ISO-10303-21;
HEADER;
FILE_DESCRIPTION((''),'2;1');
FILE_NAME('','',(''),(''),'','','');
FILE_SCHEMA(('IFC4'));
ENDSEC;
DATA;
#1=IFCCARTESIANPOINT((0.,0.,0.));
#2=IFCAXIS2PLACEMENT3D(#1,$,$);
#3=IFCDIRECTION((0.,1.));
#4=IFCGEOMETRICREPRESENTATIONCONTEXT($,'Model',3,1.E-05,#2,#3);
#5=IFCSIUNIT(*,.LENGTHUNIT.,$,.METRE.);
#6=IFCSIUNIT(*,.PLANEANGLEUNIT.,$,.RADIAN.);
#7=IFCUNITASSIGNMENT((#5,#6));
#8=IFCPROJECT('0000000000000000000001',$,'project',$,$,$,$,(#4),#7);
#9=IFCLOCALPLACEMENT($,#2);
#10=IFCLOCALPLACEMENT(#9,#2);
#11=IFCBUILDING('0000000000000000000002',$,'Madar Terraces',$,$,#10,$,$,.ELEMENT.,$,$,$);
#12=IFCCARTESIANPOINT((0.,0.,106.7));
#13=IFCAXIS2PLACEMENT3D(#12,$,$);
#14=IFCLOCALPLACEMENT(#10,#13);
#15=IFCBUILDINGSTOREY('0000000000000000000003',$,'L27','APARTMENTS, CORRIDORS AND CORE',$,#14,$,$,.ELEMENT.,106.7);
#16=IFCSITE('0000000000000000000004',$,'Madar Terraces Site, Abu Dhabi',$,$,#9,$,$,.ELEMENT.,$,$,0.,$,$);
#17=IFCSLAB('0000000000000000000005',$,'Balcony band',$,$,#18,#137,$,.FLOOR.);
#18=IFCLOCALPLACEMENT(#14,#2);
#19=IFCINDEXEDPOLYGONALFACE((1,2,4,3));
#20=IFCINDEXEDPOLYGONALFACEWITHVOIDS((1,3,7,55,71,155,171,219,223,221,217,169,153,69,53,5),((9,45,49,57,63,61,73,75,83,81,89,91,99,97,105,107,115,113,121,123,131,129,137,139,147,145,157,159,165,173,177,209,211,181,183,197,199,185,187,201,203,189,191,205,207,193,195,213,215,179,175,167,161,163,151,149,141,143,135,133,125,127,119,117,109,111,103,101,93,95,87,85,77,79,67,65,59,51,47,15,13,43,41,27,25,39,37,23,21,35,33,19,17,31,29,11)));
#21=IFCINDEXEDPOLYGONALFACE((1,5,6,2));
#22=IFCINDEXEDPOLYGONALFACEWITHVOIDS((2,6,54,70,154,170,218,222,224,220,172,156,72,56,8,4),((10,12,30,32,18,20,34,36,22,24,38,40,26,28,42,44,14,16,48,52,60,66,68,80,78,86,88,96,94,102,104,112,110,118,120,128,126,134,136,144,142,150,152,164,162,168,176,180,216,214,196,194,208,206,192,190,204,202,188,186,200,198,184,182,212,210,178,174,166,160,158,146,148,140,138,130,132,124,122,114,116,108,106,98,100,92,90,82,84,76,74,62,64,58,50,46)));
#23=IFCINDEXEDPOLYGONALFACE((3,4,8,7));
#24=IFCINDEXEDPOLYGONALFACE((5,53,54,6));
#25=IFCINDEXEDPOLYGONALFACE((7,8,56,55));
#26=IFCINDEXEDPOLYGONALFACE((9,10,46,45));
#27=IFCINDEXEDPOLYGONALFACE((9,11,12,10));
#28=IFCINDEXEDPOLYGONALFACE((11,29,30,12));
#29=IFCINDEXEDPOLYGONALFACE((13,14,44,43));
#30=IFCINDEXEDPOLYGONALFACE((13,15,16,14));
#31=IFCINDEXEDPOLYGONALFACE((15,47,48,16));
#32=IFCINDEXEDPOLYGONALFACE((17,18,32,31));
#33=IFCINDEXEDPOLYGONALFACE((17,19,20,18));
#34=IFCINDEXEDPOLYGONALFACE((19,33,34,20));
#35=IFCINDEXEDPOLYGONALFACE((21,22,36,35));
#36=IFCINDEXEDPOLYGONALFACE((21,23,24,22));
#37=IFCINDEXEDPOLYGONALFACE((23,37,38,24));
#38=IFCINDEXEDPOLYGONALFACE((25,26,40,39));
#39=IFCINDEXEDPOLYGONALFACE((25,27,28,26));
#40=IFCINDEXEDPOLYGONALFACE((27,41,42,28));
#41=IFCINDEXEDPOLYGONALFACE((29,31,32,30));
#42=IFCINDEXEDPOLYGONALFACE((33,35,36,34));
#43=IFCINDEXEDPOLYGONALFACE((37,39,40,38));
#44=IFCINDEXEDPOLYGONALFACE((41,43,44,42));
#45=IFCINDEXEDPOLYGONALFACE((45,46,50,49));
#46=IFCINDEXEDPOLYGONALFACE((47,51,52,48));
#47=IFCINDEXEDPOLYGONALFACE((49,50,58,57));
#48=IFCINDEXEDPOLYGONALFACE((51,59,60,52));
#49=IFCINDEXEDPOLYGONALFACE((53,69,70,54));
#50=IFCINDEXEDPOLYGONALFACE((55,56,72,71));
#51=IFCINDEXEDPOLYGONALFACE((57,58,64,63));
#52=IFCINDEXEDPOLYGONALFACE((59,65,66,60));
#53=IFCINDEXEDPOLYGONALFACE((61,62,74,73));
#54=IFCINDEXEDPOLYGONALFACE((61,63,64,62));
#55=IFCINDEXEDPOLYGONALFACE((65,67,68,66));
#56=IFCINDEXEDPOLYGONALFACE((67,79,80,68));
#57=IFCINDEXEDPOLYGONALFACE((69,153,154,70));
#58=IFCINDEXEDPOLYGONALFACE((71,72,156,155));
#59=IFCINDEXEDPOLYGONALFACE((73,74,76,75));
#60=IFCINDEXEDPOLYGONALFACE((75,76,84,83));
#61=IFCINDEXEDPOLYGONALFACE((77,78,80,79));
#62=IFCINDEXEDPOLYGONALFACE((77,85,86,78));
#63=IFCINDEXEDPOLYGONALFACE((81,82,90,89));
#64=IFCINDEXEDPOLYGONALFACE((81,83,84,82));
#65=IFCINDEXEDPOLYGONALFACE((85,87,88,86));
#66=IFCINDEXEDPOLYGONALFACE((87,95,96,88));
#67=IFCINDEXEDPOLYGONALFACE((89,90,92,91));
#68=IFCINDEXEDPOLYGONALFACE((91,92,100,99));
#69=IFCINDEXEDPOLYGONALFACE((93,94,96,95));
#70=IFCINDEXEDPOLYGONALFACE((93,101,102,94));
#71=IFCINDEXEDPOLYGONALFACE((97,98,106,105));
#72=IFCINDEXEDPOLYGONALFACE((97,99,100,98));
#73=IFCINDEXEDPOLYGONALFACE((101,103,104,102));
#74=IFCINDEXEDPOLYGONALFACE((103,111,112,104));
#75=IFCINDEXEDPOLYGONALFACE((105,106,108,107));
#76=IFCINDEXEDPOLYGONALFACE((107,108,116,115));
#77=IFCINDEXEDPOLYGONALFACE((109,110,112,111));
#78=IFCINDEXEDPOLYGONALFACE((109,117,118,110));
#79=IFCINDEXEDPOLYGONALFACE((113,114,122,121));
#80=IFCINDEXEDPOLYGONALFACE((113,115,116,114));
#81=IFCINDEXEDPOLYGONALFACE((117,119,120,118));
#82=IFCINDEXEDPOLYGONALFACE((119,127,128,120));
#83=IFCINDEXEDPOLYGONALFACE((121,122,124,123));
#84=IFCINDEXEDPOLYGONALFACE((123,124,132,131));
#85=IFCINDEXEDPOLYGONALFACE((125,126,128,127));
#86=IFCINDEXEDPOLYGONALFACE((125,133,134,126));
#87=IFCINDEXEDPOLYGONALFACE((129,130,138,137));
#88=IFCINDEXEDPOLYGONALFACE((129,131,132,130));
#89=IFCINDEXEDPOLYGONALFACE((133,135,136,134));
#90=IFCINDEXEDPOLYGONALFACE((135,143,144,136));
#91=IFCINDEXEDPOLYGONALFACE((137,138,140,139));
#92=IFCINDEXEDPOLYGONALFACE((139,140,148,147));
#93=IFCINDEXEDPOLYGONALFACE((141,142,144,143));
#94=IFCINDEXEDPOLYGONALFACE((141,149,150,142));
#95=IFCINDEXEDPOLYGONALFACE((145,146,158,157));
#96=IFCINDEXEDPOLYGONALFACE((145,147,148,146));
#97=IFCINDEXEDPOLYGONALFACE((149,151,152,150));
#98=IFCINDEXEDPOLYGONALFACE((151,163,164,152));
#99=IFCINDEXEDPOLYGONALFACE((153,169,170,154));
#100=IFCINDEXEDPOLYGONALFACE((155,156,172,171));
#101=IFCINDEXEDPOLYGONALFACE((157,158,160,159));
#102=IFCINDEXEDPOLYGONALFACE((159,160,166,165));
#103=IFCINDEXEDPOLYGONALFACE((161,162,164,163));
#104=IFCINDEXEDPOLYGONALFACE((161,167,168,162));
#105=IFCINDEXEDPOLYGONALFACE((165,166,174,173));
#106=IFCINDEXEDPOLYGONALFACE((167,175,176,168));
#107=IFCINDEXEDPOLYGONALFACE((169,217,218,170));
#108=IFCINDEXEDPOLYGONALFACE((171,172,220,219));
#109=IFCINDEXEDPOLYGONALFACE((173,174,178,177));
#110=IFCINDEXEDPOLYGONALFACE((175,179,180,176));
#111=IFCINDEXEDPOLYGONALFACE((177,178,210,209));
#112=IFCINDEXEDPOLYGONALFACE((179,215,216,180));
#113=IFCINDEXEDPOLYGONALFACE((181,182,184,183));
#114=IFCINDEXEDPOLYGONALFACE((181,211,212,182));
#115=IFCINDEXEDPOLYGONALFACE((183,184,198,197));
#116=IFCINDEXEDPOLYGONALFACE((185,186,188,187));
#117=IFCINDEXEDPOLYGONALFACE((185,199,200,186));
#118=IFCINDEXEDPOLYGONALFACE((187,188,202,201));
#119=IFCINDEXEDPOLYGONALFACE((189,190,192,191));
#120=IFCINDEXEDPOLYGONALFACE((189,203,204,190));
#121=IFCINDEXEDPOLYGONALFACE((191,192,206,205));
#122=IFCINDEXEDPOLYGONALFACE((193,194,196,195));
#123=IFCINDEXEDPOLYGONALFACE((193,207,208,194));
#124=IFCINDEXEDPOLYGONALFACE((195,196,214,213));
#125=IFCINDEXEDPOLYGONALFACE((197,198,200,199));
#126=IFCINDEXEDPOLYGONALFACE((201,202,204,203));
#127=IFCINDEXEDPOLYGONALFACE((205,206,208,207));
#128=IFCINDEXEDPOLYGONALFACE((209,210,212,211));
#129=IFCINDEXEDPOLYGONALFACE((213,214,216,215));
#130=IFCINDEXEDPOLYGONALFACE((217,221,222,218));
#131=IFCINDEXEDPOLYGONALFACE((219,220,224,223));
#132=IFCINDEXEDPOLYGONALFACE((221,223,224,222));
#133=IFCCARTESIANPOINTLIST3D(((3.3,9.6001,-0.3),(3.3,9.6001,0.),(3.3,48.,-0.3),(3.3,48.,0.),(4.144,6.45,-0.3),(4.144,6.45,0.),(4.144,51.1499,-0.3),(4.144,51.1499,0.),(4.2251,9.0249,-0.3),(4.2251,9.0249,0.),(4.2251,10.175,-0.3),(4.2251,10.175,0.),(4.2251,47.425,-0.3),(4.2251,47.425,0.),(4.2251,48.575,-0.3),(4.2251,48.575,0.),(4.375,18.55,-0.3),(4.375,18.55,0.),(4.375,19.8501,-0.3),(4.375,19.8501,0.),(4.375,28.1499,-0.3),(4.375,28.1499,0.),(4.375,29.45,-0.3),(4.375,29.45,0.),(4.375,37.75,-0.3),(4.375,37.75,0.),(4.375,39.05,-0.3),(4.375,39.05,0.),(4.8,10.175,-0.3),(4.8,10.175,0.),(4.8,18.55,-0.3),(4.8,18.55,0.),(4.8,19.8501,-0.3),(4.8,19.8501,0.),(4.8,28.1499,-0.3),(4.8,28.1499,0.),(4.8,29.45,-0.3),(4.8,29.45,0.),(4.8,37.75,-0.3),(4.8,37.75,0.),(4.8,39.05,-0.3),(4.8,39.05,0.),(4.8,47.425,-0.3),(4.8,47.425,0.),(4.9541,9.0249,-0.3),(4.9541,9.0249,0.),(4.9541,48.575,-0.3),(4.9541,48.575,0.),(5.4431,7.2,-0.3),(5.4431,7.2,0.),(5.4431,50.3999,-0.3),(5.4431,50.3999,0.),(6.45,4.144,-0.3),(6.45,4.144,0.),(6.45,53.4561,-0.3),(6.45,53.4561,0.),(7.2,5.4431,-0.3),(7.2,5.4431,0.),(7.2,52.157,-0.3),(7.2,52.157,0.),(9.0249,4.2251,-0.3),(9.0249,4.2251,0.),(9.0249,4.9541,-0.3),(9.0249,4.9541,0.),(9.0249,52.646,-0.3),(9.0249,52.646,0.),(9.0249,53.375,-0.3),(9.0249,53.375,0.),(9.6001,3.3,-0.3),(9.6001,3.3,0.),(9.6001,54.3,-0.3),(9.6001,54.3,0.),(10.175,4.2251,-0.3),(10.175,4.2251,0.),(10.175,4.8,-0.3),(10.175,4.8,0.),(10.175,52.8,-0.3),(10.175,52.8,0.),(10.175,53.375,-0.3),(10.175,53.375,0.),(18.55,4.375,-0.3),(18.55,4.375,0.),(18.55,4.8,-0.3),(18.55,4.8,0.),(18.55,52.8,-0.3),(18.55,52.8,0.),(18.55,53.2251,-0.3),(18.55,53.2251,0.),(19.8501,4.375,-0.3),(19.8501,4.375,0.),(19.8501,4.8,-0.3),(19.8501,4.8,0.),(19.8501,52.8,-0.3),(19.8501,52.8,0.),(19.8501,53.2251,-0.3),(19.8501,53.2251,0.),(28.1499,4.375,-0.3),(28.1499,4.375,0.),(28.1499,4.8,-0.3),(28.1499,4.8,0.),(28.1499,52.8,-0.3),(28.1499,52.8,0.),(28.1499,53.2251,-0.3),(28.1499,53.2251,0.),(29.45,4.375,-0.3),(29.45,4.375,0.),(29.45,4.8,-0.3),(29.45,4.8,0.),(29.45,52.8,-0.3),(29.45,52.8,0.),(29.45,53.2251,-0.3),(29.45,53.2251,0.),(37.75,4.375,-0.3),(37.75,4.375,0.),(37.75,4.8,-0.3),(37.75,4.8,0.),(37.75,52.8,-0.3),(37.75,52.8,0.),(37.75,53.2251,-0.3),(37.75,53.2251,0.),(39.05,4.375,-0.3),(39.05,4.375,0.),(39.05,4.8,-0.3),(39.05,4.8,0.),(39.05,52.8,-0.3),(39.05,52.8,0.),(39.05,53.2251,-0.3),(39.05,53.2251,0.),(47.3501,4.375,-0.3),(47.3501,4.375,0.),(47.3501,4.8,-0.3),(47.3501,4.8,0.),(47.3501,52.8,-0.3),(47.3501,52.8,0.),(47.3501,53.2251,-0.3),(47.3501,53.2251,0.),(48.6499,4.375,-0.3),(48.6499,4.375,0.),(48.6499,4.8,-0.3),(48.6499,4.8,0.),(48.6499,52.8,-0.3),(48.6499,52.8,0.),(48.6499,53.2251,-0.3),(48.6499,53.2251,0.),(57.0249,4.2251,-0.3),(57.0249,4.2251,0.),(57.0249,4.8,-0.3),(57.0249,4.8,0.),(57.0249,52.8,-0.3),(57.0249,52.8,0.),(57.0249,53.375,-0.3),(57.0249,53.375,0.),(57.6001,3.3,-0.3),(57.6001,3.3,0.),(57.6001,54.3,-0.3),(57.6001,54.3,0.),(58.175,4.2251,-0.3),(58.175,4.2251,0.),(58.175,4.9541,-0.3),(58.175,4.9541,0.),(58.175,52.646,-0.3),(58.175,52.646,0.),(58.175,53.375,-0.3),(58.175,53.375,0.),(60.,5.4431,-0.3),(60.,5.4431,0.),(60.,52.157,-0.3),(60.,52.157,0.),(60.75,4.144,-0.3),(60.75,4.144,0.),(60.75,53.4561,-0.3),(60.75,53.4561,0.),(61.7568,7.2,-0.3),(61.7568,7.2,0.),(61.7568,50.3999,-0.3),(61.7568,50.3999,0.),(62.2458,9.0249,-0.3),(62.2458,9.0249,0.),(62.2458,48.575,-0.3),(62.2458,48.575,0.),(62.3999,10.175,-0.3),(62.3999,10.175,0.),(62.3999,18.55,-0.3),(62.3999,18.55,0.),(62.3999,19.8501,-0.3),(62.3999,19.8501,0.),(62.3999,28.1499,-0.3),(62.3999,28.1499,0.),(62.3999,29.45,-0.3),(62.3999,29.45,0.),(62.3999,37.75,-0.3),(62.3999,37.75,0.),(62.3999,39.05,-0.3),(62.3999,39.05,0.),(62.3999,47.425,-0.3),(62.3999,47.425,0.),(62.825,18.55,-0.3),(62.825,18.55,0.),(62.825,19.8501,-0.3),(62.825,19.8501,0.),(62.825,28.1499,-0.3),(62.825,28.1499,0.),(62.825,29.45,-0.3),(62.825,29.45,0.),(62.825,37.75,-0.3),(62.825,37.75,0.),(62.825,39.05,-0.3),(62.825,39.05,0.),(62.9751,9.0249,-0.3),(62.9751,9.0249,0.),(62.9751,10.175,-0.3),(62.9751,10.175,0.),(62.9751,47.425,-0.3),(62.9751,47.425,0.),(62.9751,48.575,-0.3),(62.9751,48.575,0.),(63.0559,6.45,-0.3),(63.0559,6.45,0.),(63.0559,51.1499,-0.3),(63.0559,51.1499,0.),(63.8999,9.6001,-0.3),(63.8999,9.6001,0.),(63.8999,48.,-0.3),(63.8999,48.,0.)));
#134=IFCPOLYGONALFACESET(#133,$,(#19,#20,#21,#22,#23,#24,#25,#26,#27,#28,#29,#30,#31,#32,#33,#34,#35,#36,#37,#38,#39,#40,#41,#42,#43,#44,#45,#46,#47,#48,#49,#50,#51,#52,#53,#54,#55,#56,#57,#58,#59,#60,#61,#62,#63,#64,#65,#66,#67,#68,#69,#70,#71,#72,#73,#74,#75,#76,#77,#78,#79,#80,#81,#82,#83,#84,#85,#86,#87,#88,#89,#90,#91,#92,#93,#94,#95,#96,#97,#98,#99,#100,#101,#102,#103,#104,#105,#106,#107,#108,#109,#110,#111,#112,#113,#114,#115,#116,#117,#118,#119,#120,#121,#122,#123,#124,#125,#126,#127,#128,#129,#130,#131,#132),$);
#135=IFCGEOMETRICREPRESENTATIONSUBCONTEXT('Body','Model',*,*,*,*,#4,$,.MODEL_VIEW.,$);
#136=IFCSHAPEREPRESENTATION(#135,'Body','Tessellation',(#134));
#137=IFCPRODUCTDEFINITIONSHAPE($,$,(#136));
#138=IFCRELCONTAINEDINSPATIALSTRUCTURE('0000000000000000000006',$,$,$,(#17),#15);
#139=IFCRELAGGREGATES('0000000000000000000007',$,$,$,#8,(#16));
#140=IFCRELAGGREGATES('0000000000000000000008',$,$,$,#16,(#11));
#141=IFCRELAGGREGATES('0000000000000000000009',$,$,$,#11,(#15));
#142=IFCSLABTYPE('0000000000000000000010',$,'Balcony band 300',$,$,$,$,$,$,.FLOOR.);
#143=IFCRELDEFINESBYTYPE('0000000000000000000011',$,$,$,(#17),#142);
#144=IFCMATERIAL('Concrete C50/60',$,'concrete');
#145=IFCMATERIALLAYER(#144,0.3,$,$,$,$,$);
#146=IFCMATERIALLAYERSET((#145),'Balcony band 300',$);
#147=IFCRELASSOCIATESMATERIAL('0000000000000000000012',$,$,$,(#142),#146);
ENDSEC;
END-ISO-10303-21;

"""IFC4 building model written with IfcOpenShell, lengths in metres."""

from ifc_helpers import new_model, si_unit, direction, frame, origin, place, context, subcontext, project, spatial, polyline, outline, extrude, material, layer, layer_set, type_object, element, save


model = new_model("IFC4")

# Units and contexts
model_context = context("Model", 3, precision=1e-05, world=origin(), true_north=direction((0.0, 1.0)))
body_context = subcontext(model_context, "Body", "Model", "MODEL_VIEW")
ifc_project = project(units=[si_unit("LENGTHUNIT", "METRE"), si_unit("PLANEANGLEUNIT", "RADIAN")], contexts=[model_context])

# Site, building, storey
site_placement = place(None, origin())
site = spatial("IfcSite", under=ifc_project, at=site_placement, Name="Madar Terraces Site, Abu Dhabi", CompositionType="ELEMENT", RefElevation=0.0)
building_placement = place(site_placement, origin())
building = spatial("IfcBuilding", under=site, at=building_placement, Name="Madar Terraces", CompositionType="ELEMENT")
storey_placement = place(building_placement, frame((0.0, 0.0, 106.7)))
storey = spatial("IfcBuildingStorey", under=building, at=storey_placement, Name="L27", Description="APARTMENTS, CORRIDORS AND CORE", CompositionType="ELEMENT", Elevation=106.7)

# Slab
ifc_material_1 = material(Name="Concrete C50/60", Category="concrete")
ifc_layer_1 = layer(ifc_material_1, 0.3)
ifc_layer_set_1 = layer_set([ifc_layer_1], Name="Balcony band 300")
slab_type_1 = type_object("IfcSlabType", Name="Balcony band 300", PredefinedType="FLOOR", material=ifc_layer_set_1)
slab_1_placement = place(storey_placement, frame((0.0, 0.0, -0.3)))
element("IfcSlab", 1, at=slab_1_placement, inside=storey, type_object=slab_type_1, Name="Balcony band", PredefinedType="FLOOR", context=body_context, shape_type="SweptSolid", body=[
    extrude(outline(polyline([(9.6001, 3.3), (6.45, 4.144), (4.144, 6.45), (3.3, 9.6001), (3.3, 48.0), (4.144, 51.1499), (6.45, 53.4561), (9.6001, 54.3), (57.6001, 54.3), (60.75, 53.4561), (63.0559, 51.1499), (63.8999, 48.0), (63.8999, 9.6001), (63.0559, 6.45), (60.75, 4.144), (57.6001, 3.3), (9.6001, 3.3)]), holes=[polyline([(10.175, 4.2251), (10.175, 4.8), (18.55, 4.8), (18.55, 4.375), (19.8501, 4.375), (19.8501, 4.8), (28.1499, 4.8), (28.1499, 4.375), (29.45, 4.375), (29.45, 4.8), (37.75, 4.8), (37.75, 4.375), (39.05, 4.375), (39.05, 4.8), (47.3501, 4.8), (47.3501, 4.375), (48.6499, 4.375), (48.6499, 4.8), (57.0249, 4.8), (57.0249, 4.2251), (58.175, 4.2251), (58.175, 4.9541), (60.0, 5.4431), (61.7568, 7.2), (62.2458, 9.0249), (62.9751, 9.0249), (62.9751, 10.175), (62.3999, 10.175), (62.3999, 18.55), (62.825, 18.55), (62.825, 19.8501), (62.3999, 19.8501), (62.3999, 28.1499), (62.825, 28.1499), (62.825, 29.45), (62.3999, 29.45), (62.3999, 37.75), (62.825, 37.75), (62.825, 39.05), (62.3999, 39.05), (62.3999, 47.425), (62.9751, 47.425), (62.9751, 48.575), (62.2458, 48.575), (61.7568, 50.3999), (60.0, 52.157), (58.175, 52.646), (58.175, 53.375), (57.0249, 53.375), (57.0249, 52.8), (48.6499, 52.8), (48.6499, 53.2251), (47.3501, 53.2251), (47.3501, 52.8), (39.05, 52.8), (39.05, 53.2251), (37.75, 53.2251), (37.75, 52.8), (29.45, 52.8), (29.45, 53.2251), (28.1499, 53.2251), (28.1499, 52.8), (19.8501, 52.8), (19.8501, 53.2251), (18.55, 53.2251), (18.55, 52.8), (10.175, 52.8), (10.175, 53.375), (9.0249, 53.375), (9.0249, 52.646), (7.2, 52.157), (5.4431, 50.3999), (4.9541, 48.575), (4.2251, 48.575), (4.2251, 47.425), (4.8, 47.425), (4.8, 39.05), (4.375, 39.05), (4.375, 37.75), (4.8, 37.75), (4.8, 29.45), (4.375, 29.45), (4.375, 28.1499), (4.8, 28.1499), (4.8, 19.8501), (4.375, 19.8501), (4.375, 18.55), (4.8, 18.55), (4.8, 10.175), (4.2251, 10.175), (4.2251, 9.0249), (4.9541, 9.0249), (5.4431, 7.2), (7.2, 5.4431), (9.0249, 4.9541), (9.0249, 4.2251), (10.175, 4.2251)])]), origin(), (0.0, 0.0, 1.0), 0.3),
])

save(model, "model.ifc")
